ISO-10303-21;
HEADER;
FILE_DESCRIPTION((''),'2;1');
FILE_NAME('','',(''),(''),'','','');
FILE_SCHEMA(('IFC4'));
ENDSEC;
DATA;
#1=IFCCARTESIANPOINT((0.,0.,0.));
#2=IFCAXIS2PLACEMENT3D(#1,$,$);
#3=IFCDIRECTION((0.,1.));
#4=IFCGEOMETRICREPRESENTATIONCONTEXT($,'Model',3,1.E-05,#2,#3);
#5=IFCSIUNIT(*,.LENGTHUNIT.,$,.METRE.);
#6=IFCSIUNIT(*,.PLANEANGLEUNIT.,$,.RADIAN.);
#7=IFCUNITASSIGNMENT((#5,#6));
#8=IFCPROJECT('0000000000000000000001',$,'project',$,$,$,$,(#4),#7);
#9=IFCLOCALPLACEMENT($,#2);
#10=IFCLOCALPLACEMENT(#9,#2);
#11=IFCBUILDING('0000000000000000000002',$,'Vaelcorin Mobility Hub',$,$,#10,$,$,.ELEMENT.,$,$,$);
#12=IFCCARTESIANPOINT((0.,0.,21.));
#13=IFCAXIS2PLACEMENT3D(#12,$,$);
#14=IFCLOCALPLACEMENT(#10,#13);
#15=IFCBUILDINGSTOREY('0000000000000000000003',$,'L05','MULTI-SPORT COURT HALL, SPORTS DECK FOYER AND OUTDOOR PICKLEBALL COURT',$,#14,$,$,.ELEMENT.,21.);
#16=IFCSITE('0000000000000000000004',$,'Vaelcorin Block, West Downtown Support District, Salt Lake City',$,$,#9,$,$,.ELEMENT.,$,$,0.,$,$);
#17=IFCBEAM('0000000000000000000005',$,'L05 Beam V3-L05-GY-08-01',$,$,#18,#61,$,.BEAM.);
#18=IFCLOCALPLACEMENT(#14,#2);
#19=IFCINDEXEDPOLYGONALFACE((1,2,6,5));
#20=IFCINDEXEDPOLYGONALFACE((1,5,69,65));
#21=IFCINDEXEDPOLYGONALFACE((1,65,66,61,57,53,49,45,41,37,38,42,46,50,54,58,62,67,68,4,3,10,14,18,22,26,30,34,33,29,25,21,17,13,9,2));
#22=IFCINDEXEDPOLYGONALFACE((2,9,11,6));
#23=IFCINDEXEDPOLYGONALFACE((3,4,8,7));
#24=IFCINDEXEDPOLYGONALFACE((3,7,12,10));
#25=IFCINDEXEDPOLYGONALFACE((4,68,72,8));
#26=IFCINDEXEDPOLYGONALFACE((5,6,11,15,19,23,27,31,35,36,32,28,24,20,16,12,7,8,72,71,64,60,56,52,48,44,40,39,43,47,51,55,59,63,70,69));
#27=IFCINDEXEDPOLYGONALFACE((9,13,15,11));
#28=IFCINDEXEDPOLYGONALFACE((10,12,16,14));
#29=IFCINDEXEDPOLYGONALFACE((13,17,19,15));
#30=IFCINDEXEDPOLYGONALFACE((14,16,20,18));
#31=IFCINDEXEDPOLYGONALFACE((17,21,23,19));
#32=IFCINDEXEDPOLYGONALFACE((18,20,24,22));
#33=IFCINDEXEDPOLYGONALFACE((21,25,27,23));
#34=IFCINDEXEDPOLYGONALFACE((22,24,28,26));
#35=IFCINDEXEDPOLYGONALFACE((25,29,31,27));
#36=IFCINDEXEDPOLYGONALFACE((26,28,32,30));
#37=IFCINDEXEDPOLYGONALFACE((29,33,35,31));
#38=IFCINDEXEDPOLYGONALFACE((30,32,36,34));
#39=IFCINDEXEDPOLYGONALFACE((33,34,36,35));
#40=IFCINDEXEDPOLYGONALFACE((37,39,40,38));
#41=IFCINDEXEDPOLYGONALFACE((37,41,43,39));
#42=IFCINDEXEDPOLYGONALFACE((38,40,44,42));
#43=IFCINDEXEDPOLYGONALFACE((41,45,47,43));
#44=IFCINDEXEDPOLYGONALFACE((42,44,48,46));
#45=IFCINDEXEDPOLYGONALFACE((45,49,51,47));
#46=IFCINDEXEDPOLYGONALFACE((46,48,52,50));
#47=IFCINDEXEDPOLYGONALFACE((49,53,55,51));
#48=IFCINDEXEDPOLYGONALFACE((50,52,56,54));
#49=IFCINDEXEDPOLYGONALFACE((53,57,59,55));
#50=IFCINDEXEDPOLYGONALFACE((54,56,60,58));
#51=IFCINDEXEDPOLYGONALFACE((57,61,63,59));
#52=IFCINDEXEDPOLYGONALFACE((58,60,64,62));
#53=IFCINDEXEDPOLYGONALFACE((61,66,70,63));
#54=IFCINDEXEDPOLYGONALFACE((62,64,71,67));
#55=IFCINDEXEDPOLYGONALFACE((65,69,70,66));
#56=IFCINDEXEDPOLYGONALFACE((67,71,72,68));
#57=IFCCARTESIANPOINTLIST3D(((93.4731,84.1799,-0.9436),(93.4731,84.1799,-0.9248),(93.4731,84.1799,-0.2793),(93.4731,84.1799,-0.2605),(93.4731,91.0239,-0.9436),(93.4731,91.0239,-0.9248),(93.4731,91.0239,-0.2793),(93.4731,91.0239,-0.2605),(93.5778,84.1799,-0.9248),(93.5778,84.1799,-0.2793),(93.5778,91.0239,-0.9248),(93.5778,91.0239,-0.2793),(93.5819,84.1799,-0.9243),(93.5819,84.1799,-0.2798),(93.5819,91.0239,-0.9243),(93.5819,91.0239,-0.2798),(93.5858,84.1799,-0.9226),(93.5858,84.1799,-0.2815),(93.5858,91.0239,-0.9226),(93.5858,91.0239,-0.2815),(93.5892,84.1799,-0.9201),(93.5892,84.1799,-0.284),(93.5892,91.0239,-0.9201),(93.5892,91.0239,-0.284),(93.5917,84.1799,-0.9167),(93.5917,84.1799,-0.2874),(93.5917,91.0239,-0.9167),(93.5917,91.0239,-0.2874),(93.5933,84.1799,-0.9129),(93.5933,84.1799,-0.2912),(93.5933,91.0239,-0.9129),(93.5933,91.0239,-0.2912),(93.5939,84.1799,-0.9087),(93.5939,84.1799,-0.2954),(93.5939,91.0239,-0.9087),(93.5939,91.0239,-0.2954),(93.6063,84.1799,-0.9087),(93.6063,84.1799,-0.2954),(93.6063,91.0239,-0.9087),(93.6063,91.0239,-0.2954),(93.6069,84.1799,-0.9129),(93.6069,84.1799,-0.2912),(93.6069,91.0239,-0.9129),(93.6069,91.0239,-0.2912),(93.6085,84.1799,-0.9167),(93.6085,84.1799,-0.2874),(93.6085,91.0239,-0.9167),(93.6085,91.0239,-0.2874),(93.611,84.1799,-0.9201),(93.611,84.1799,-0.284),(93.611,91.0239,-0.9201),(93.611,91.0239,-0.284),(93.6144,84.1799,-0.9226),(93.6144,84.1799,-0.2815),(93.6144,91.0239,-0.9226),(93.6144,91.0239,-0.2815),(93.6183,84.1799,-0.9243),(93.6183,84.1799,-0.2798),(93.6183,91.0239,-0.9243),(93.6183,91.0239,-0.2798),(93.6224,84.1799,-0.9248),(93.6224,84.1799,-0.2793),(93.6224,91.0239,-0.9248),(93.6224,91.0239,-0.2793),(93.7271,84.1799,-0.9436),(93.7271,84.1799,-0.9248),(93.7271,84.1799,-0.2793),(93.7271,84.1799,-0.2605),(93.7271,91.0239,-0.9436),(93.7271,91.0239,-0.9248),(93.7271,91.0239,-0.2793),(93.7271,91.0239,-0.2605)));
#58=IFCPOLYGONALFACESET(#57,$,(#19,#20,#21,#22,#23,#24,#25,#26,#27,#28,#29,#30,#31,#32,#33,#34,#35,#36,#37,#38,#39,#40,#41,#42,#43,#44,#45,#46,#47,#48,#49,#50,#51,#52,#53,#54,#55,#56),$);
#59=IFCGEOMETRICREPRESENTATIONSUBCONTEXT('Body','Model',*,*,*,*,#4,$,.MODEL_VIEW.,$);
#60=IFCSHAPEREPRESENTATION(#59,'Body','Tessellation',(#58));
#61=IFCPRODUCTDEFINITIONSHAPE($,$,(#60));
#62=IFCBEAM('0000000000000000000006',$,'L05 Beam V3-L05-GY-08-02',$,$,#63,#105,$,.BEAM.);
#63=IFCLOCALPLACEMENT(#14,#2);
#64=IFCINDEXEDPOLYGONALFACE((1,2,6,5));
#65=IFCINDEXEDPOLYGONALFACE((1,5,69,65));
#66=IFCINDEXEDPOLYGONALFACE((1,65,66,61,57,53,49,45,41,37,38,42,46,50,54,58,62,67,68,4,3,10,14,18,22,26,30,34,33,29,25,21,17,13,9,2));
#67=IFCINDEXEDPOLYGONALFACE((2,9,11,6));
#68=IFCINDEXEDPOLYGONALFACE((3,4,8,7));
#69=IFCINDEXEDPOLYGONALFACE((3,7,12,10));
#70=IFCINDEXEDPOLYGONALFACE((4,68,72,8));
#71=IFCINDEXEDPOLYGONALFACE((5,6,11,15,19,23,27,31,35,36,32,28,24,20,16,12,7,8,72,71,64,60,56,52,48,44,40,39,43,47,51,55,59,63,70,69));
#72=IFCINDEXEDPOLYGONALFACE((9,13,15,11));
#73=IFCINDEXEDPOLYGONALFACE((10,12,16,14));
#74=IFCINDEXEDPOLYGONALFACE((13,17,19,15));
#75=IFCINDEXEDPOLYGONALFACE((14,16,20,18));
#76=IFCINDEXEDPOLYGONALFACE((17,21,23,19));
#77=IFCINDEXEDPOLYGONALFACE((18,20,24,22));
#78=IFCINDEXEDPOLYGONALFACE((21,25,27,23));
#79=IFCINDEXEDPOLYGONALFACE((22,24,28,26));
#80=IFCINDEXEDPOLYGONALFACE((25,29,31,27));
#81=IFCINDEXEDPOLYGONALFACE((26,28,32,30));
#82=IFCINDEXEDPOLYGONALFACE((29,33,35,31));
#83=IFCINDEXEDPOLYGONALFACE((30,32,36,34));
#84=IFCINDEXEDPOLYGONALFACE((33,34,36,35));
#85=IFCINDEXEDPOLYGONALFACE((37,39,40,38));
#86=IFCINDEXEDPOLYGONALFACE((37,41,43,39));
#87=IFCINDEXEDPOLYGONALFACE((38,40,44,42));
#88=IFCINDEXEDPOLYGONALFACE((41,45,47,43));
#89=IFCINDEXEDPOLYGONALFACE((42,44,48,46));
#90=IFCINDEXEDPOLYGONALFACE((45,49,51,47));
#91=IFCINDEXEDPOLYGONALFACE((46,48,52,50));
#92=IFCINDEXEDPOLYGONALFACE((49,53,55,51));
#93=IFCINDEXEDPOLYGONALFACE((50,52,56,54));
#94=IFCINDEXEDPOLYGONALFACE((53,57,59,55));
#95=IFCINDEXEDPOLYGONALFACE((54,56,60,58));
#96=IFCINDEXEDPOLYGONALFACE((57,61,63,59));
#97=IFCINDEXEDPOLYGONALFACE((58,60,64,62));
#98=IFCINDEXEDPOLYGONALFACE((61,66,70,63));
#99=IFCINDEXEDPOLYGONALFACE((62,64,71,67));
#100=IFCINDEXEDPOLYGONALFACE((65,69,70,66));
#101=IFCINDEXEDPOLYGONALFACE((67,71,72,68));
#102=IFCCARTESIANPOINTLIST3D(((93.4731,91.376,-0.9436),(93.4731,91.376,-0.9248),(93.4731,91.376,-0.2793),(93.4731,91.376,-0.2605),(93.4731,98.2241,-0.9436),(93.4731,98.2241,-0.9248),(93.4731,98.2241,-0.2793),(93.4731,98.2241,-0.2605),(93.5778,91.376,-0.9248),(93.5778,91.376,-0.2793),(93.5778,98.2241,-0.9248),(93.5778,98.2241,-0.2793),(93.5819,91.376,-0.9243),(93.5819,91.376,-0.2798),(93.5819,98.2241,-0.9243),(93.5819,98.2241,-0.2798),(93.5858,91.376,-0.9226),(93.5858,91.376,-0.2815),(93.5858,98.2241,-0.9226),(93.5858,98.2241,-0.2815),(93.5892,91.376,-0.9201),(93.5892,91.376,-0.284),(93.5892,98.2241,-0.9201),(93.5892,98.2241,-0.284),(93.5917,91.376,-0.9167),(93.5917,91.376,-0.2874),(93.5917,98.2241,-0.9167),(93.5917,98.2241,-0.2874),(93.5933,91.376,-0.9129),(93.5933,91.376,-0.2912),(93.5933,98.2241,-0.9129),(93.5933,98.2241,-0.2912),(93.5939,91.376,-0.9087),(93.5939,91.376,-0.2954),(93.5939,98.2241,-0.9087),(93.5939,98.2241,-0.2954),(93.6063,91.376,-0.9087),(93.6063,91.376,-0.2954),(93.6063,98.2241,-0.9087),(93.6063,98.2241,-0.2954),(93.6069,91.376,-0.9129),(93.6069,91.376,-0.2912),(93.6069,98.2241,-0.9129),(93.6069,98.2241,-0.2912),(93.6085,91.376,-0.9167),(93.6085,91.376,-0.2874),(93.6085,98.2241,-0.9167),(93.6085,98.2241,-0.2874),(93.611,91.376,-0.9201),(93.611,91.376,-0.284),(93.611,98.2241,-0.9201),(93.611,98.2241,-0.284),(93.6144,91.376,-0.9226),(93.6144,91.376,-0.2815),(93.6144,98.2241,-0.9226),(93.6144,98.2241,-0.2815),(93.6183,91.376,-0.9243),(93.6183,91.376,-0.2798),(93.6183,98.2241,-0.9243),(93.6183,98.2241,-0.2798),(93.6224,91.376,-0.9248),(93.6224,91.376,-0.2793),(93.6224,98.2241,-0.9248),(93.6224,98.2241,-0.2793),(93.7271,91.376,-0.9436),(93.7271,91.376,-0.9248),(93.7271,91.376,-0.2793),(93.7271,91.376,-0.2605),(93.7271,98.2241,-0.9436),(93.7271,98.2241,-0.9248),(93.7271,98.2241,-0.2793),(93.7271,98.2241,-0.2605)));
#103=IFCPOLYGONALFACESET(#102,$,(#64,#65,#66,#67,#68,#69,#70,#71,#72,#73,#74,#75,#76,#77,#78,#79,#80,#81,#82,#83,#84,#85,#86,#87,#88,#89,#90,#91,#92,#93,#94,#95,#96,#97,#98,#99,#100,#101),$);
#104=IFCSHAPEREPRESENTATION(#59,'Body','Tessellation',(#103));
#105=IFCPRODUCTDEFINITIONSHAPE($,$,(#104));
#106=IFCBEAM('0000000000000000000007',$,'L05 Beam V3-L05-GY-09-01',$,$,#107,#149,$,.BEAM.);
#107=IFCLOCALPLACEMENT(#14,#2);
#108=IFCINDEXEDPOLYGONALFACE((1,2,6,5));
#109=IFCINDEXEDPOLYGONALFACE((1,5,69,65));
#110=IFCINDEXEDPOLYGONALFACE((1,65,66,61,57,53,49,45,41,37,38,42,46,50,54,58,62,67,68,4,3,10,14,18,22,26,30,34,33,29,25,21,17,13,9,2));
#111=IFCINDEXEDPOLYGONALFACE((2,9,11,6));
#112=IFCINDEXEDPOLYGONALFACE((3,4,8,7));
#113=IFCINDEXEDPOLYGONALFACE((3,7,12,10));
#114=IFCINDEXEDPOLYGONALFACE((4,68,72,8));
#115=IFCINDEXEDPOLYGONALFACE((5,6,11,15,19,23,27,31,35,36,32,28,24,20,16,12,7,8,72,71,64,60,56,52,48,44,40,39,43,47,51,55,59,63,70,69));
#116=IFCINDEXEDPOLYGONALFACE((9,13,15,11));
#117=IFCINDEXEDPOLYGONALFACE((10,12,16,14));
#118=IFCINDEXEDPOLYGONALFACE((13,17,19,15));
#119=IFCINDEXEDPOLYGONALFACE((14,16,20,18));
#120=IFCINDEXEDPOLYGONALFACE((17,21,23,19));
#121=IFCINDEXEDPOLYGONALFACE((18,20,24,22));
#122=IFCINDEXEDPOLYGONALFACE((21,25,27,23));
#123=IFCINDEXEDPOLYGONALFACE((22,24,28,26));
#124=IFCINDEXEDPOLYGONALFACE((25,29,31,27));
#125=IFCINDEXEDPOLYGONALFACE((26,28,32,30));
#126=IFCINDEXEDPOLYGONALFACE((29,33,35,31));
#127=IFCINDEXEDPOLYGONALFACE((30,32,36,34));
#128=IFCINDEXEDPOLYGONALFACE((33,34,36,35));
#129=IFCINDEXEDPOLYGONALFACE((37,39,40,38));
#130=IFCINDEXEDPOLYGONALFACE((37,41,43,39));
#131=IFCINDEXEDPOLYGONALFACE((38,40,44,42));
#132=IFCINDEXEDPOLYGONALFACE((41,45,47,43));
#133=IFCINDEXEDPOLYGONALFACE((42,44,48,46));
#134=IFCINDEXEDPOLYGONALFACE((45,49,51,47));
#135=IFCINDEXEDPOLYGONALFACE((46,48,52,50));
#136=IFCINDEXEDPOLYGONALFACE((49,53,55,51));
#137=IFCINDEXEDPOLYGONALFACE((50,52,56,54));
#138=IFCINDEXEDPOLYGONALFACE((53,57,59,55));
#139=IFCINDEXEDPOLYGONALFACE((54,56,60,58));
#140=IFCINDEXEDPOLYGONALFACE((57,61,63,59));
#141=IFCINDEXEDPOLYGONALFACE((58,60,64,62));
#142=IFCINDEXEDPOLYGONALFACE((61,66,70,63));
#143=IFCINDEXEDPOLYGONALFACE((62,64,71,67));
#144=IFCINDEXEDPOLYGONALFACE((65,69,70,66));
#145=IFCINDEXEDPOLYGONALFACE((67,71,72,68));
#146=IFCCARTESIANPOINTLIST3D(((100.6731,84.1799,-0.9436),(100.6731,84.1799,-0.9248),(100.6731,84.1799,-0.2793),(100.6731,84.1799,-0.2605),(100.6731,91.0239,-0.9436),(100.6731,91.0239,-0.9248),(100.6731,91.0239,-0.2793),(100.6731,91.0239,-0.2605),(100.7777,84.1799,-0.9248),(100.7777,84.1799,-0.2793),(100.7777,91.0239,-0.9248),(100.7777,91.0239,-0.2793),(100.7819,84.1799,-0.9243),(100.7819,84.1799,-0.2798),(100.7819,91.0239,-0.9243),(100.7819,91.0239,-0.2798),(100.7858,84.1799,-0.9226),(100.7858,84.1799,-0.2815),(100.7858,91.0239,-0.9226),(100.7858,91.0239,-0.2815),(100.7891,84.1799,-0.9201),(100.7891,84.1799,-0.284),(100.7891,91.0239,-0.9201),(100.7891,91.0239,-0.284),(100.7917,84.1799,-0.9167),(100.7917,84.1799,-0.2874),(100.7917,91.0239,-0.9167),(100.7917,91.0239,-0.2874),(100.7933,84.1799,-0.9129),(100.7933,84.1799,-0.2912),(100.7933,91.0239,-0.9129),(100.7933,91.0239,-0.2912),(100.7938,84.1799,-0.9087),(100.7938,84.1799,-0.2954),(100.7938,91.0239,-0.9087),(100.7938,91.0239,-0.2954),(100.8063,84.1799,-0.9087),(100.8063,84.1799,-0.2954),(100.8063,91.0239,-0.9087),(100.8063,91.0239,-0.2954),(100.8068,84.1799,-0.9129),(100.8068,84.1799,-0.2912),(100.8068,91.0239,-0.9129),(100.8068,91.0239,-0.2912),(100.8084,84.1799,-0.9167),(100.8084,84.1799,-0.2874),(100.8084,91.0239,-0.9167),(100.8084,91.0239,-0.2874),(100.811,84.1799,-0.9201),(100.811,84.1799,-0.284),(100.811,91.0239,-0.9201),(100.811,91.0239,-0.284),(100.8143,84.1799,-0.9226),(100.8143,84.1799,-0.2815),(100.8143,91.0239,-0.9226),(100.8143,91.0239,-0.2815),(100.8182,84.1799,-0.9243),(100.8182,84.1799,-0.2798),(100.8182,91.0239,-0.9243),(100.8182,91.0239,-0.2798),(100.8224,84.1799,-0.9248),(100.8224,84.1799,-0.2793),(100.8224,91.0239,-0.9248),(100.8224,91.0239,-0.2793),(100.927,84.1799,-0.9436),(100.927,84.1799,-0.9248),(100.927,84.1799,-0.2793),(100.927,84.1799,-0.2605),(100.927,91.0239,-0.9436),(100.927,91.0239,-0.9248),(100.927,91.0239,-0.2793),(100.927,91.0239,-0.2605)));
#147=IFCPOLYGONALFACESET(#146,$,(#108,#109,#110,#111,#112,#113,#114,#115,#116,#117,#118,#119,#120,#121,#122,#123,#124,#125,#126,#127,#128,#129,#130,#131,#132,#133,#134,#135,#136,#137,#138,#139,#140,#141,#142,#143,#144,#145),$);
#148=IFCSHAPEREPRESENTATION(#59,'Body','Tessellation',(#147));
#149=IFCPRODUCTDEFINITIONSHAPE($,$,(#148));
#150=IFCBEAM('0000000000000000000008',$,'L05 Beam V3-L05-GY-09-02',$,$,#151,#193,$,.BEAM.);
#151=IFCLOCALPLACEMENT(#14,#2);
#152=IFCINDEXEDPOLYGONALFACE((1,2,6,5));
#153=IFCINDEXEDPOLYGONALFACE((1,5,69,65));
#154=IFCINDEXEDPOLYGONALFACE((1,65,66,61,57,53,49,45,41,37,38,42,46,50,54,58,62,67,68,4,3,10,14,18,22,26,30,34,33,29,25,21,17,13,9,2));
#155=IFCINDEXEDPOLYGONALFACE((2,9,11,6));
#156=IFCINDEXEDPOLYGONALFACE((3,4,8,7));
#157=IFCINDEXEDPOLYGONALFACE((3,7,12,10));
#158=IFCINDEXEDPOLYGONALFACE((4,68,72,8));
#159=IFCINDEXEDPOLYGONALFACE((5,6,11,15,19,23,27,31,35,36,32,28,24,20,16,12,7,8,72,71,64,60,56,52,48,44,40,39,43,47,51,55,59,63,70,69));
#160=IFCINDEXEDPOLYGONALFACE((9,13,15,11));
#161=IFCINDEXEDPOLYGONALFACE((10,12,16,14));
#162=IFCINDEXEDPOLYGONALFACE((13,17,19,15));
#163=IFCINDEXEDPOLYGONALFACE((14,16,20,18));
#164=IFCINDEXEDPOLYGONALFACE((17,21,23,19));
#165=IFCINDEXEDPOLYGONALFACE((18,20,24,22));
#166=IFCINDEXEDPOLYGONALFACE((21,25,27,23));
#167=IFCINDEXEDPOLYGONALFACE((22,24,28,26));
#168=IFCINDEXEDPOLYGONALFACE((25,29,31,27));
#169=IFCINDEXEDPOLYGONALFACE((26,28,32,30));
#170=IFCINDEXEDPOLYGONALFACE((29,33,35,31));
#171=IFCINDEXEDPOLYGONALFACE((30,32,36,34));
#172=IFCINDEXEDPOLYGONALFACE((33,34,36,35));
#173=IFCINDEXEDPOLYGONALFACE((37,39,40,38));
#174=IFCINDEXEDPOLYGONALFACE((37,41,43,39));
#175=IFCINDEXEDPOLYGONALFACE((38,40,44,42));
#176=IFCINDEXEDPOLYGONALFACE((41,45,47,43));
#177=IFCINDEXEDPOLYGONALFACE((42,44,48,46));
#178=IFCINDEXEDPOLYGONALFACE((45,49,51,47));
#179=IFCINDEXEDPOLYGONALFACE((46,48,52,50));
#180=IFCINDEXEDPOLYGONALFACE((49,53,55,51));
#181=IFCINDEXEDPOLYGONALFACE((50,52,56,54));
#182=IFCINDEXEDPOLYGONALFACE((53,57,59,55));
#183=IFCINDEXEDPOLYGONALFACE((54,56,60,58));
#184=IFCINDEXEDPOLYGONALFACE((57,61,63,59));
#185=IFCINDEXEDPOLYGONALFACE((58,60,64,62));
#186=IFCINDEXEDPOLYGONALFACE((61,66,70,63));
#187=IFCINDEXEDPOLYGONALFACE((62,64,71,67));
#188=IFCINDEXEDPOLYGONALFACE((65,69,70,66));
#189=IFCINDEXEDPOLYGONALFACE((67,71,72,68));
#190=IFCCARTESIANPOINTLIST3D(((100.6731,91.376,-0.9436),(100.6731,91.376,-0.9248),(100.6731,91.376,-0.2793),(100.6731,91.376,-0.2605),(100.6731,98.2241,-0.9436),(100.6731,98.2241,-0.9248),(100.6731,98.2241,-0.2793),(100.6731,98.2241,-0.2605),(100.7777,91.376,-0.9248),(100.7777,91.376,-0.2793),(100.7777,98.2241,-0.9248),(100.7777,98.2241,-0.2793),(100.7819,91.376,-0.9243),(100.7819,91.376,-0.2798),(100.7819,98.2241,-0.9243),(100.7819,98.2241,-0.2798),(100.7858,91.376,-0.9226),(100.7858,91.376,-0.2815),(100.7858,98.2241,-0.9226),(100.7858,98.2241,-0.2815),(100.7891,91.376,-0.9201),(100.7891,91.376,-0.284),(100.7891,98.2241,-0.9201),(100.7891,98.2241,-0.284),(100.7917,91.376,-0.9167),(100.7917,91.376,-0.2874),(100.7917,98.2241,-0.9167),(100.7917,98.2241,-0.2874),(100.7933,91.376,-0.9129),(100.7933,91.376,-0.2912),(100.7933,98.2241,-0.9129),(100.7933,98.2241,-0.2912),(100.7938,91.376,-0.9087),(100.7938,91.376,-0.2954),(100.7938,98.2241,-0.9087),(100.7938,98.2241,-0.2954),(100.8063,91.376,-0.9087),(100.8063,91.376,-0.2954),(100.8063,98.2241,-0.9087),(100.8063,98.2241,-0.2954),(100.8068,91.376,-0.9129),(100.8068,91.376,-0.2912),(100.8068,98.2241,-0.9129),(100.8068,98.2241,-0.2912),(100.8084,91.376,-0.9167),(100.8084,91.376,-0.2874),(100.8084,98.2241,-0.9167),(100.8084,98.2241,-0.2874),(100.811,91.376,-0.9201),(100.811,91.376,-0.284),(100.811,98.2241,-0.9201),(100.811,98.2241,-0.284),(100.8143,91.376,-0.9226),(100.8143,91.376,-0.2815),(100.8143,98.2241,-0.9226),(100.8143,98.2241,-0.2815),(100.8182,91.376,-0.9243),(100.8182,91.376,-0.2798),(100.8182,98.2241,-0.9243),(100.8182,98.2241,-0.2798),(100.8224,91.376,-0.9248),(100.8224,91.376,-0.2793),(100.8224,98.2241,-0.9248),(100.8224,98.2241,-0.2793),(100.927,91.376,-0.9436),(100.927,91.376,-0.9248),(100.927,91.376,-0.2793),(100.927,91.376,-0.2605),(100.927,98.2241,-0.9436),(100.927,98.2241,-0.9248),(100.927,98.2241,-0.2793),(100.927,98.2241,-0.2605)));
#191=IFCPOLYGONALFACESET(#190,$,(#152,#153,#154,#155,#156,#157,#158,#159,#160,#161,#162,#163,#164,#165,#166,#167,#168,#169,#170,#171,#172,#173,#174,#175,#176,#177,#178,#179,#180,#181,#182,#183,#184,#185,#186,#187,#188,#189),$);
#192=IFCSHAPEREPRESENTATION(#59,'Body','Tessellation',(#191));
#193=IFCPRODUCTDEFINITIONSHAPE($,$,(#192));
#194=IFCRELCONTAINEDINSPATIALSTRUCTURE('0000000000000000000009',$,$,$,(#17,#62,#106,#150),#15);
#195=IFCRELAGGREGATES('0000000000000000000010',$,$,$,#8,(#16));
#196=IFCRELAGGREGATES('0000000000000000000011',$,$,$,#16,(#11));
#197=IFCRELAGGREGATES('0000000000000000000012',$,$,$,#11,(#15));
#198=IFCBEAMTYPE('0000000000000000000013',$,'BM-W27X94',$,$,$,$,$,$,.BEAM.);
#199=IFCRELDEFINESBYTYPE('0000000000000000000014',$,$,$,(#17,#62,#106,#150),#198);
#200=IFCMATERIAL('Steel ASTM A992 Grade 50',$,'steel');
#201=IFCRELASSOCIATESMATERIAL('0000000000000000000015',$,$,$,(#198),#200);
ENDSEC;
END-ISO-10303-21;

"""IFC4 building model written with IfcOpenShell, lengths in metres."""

from ifc_helpers import new_model, si_unit, direction, frame, origin, origin_2d, place, context, subcontext, project, spatial, i_section, extrude, material, material_profile, profile_set, type_object, element, save


model = new_model("IFC4")

# Units and contexts
model_context = context("Model", 3, precision=1e-05, world=origin(), true_north=direction((0.0, 1.0)))
body_context = subcontext(model_context, "Body", "Model", "MODEL_VIEW")
ifc_project = project(units=[si_unit("LENGTHUNIT", "METRE"), si_unit("PLANEANGLEUNIT", "RADIAN")], contexts=[model_context])

# Site, building, storey
site_placement = place(None, origin())
site = spatial("IfcSite", under=ifc_project, at=site_placement, Name="Vaelcorin Block, West Downtown Support District, Salt Lake City", CompositionType="ELEMENT", RefElevation=0.0)
building_placement = place(site_placement, origin())
building = spatial("IfcBuilding", under=site, at=building_placement, Name="Vaelcorin Mobility Hub", CompositionType="ELEMENT")
storey_placement = place(building_placement, frame((0.0, 0.0, 21.0)))
storey = spatial("IfcBuildingStorey", under=building, at=storey_placement, Name="L05", Description="MULTI-SPORT COURT HALL, SPORTS DECK FOYER AND OUTDOOR PICKLEBALL COURT", CompositionType="ELEMENT", Elevation=21.0)

# Shared definitions
ifc_material_1 = material(Name="Steel ASTM A992 Grade 50", Category="steel")

# Beams
ifc_material_profile_1 = material_profile(ifc_material_1, i_section(OverallWidth=0.2539, OverallDepth=0.6831, WebThickness=0.0125, FlangeThickness=0.0188, FilletRadius=0.0161, at=origin_2d()), Name="W27X94")
ifc_profile_set_1 = profile_set([ifc_material_profile_1], Name="Steel ASTM A992 Grade 50")
beam_type_1 = type_object("IfcBeamType", Name="BM-W27X94", PredefinedType="BEAM", material=ifc_profile_set_1)
beam_1_placement = place(storey_placement, frame((93.6001, 84.1799, -0.6021), z_axis=(0.0, 1.0, 0.0), x_axis=(-1.0, 0.0, 0.0)))
element("IfcBeam", 1, at=beam_1_placement, inside=storey, type_object=beam_type_1, Name="L05 Beam V3-L05-GY-08-01", PredefinedType="BEAM", context=body_context, shape_type="SweptSolid", body=[
    extrude(i_section(OverallWidth=0.2539, OverallDepth=0.6831, WebThickness=0.0125, FlangeThickness=0.0188, FilletRadius=0.0161, at=origin_2d()), origin(), (0.0, 0.0, 1.0), 6.844),
])
beam_2_placement = place(storey_placement, frame((93.6001, 91.376, -0.6021), z_axis=(0.0, 1.0, 0.0), x_axis=(-1.0, 0.0, 0.0)))
element("IfcBeam", 2, at=beam_2_placement, inside=storey, type_object=beam_type_1, Name="L05 Beam V3-L05-GY-08-02", PredefinedType="BEAM", context=body_context, shape_type="SweptSolid", body=[
    extrude(i_section(OverallWidth=0.2539, OverallDepth=0.6831, WebThickness=0.0125, FlangeThickness=0.0188, FilletRadius=0.0161, at=origin_2d()), origin(), (0.0, 0.0, 1.0), 6.8481),
])
beam_3_placement = place(storey_placement, frame((100.8, 84.1799, -0.6021), z_axis=(0.0, 1.0, 0.0), x_axis=(-1.0, 0.0, 0.0)))
element("IfcBeam", 3, at=beam_3_placement, inside=storey, type_object=beam_type_1, Name="L05 Beam V3-L05-GY-09-01", PredefinedType="BEAM", context=body_context, shape_type="SweptSolid", body=[
    extrude(i_section(OverallWidth=0.2539, OverallDepth=0.6831, WebThickness=0.0125, FlangeThickness=0.0188, FilletRadius=0.0161, at=origin_2d()), origin(), (0.0, 0.0, 1.0), 6.844),
])
beam_4_placement = place(storey_placement, frame((100.8, 91.376, -0.6021), z_axis=(0.0, 1.0, 0.0), x_axis=(-1.0, 0.0, 0.0)))
element("IfcBeam", 4, at=beam_4_placement, inside=storey, type_object=beam_type_1, Name="L05 Beam V3-L05-GY-09-02", PredefinedType="BEAM", context=body_context, shape_type="SweptSolid", body=[
    extrude(i_section(OverallWidth=0.2539, OverallDepth=0.6831, WebThickness=0.0125, FlangeThickness=0.0188, FilletRadius=0.0161, at=origin_2d()), origin(), (0.0, 0.0, 1.0), 6.8481),
])

save(model, "model.ifc")
